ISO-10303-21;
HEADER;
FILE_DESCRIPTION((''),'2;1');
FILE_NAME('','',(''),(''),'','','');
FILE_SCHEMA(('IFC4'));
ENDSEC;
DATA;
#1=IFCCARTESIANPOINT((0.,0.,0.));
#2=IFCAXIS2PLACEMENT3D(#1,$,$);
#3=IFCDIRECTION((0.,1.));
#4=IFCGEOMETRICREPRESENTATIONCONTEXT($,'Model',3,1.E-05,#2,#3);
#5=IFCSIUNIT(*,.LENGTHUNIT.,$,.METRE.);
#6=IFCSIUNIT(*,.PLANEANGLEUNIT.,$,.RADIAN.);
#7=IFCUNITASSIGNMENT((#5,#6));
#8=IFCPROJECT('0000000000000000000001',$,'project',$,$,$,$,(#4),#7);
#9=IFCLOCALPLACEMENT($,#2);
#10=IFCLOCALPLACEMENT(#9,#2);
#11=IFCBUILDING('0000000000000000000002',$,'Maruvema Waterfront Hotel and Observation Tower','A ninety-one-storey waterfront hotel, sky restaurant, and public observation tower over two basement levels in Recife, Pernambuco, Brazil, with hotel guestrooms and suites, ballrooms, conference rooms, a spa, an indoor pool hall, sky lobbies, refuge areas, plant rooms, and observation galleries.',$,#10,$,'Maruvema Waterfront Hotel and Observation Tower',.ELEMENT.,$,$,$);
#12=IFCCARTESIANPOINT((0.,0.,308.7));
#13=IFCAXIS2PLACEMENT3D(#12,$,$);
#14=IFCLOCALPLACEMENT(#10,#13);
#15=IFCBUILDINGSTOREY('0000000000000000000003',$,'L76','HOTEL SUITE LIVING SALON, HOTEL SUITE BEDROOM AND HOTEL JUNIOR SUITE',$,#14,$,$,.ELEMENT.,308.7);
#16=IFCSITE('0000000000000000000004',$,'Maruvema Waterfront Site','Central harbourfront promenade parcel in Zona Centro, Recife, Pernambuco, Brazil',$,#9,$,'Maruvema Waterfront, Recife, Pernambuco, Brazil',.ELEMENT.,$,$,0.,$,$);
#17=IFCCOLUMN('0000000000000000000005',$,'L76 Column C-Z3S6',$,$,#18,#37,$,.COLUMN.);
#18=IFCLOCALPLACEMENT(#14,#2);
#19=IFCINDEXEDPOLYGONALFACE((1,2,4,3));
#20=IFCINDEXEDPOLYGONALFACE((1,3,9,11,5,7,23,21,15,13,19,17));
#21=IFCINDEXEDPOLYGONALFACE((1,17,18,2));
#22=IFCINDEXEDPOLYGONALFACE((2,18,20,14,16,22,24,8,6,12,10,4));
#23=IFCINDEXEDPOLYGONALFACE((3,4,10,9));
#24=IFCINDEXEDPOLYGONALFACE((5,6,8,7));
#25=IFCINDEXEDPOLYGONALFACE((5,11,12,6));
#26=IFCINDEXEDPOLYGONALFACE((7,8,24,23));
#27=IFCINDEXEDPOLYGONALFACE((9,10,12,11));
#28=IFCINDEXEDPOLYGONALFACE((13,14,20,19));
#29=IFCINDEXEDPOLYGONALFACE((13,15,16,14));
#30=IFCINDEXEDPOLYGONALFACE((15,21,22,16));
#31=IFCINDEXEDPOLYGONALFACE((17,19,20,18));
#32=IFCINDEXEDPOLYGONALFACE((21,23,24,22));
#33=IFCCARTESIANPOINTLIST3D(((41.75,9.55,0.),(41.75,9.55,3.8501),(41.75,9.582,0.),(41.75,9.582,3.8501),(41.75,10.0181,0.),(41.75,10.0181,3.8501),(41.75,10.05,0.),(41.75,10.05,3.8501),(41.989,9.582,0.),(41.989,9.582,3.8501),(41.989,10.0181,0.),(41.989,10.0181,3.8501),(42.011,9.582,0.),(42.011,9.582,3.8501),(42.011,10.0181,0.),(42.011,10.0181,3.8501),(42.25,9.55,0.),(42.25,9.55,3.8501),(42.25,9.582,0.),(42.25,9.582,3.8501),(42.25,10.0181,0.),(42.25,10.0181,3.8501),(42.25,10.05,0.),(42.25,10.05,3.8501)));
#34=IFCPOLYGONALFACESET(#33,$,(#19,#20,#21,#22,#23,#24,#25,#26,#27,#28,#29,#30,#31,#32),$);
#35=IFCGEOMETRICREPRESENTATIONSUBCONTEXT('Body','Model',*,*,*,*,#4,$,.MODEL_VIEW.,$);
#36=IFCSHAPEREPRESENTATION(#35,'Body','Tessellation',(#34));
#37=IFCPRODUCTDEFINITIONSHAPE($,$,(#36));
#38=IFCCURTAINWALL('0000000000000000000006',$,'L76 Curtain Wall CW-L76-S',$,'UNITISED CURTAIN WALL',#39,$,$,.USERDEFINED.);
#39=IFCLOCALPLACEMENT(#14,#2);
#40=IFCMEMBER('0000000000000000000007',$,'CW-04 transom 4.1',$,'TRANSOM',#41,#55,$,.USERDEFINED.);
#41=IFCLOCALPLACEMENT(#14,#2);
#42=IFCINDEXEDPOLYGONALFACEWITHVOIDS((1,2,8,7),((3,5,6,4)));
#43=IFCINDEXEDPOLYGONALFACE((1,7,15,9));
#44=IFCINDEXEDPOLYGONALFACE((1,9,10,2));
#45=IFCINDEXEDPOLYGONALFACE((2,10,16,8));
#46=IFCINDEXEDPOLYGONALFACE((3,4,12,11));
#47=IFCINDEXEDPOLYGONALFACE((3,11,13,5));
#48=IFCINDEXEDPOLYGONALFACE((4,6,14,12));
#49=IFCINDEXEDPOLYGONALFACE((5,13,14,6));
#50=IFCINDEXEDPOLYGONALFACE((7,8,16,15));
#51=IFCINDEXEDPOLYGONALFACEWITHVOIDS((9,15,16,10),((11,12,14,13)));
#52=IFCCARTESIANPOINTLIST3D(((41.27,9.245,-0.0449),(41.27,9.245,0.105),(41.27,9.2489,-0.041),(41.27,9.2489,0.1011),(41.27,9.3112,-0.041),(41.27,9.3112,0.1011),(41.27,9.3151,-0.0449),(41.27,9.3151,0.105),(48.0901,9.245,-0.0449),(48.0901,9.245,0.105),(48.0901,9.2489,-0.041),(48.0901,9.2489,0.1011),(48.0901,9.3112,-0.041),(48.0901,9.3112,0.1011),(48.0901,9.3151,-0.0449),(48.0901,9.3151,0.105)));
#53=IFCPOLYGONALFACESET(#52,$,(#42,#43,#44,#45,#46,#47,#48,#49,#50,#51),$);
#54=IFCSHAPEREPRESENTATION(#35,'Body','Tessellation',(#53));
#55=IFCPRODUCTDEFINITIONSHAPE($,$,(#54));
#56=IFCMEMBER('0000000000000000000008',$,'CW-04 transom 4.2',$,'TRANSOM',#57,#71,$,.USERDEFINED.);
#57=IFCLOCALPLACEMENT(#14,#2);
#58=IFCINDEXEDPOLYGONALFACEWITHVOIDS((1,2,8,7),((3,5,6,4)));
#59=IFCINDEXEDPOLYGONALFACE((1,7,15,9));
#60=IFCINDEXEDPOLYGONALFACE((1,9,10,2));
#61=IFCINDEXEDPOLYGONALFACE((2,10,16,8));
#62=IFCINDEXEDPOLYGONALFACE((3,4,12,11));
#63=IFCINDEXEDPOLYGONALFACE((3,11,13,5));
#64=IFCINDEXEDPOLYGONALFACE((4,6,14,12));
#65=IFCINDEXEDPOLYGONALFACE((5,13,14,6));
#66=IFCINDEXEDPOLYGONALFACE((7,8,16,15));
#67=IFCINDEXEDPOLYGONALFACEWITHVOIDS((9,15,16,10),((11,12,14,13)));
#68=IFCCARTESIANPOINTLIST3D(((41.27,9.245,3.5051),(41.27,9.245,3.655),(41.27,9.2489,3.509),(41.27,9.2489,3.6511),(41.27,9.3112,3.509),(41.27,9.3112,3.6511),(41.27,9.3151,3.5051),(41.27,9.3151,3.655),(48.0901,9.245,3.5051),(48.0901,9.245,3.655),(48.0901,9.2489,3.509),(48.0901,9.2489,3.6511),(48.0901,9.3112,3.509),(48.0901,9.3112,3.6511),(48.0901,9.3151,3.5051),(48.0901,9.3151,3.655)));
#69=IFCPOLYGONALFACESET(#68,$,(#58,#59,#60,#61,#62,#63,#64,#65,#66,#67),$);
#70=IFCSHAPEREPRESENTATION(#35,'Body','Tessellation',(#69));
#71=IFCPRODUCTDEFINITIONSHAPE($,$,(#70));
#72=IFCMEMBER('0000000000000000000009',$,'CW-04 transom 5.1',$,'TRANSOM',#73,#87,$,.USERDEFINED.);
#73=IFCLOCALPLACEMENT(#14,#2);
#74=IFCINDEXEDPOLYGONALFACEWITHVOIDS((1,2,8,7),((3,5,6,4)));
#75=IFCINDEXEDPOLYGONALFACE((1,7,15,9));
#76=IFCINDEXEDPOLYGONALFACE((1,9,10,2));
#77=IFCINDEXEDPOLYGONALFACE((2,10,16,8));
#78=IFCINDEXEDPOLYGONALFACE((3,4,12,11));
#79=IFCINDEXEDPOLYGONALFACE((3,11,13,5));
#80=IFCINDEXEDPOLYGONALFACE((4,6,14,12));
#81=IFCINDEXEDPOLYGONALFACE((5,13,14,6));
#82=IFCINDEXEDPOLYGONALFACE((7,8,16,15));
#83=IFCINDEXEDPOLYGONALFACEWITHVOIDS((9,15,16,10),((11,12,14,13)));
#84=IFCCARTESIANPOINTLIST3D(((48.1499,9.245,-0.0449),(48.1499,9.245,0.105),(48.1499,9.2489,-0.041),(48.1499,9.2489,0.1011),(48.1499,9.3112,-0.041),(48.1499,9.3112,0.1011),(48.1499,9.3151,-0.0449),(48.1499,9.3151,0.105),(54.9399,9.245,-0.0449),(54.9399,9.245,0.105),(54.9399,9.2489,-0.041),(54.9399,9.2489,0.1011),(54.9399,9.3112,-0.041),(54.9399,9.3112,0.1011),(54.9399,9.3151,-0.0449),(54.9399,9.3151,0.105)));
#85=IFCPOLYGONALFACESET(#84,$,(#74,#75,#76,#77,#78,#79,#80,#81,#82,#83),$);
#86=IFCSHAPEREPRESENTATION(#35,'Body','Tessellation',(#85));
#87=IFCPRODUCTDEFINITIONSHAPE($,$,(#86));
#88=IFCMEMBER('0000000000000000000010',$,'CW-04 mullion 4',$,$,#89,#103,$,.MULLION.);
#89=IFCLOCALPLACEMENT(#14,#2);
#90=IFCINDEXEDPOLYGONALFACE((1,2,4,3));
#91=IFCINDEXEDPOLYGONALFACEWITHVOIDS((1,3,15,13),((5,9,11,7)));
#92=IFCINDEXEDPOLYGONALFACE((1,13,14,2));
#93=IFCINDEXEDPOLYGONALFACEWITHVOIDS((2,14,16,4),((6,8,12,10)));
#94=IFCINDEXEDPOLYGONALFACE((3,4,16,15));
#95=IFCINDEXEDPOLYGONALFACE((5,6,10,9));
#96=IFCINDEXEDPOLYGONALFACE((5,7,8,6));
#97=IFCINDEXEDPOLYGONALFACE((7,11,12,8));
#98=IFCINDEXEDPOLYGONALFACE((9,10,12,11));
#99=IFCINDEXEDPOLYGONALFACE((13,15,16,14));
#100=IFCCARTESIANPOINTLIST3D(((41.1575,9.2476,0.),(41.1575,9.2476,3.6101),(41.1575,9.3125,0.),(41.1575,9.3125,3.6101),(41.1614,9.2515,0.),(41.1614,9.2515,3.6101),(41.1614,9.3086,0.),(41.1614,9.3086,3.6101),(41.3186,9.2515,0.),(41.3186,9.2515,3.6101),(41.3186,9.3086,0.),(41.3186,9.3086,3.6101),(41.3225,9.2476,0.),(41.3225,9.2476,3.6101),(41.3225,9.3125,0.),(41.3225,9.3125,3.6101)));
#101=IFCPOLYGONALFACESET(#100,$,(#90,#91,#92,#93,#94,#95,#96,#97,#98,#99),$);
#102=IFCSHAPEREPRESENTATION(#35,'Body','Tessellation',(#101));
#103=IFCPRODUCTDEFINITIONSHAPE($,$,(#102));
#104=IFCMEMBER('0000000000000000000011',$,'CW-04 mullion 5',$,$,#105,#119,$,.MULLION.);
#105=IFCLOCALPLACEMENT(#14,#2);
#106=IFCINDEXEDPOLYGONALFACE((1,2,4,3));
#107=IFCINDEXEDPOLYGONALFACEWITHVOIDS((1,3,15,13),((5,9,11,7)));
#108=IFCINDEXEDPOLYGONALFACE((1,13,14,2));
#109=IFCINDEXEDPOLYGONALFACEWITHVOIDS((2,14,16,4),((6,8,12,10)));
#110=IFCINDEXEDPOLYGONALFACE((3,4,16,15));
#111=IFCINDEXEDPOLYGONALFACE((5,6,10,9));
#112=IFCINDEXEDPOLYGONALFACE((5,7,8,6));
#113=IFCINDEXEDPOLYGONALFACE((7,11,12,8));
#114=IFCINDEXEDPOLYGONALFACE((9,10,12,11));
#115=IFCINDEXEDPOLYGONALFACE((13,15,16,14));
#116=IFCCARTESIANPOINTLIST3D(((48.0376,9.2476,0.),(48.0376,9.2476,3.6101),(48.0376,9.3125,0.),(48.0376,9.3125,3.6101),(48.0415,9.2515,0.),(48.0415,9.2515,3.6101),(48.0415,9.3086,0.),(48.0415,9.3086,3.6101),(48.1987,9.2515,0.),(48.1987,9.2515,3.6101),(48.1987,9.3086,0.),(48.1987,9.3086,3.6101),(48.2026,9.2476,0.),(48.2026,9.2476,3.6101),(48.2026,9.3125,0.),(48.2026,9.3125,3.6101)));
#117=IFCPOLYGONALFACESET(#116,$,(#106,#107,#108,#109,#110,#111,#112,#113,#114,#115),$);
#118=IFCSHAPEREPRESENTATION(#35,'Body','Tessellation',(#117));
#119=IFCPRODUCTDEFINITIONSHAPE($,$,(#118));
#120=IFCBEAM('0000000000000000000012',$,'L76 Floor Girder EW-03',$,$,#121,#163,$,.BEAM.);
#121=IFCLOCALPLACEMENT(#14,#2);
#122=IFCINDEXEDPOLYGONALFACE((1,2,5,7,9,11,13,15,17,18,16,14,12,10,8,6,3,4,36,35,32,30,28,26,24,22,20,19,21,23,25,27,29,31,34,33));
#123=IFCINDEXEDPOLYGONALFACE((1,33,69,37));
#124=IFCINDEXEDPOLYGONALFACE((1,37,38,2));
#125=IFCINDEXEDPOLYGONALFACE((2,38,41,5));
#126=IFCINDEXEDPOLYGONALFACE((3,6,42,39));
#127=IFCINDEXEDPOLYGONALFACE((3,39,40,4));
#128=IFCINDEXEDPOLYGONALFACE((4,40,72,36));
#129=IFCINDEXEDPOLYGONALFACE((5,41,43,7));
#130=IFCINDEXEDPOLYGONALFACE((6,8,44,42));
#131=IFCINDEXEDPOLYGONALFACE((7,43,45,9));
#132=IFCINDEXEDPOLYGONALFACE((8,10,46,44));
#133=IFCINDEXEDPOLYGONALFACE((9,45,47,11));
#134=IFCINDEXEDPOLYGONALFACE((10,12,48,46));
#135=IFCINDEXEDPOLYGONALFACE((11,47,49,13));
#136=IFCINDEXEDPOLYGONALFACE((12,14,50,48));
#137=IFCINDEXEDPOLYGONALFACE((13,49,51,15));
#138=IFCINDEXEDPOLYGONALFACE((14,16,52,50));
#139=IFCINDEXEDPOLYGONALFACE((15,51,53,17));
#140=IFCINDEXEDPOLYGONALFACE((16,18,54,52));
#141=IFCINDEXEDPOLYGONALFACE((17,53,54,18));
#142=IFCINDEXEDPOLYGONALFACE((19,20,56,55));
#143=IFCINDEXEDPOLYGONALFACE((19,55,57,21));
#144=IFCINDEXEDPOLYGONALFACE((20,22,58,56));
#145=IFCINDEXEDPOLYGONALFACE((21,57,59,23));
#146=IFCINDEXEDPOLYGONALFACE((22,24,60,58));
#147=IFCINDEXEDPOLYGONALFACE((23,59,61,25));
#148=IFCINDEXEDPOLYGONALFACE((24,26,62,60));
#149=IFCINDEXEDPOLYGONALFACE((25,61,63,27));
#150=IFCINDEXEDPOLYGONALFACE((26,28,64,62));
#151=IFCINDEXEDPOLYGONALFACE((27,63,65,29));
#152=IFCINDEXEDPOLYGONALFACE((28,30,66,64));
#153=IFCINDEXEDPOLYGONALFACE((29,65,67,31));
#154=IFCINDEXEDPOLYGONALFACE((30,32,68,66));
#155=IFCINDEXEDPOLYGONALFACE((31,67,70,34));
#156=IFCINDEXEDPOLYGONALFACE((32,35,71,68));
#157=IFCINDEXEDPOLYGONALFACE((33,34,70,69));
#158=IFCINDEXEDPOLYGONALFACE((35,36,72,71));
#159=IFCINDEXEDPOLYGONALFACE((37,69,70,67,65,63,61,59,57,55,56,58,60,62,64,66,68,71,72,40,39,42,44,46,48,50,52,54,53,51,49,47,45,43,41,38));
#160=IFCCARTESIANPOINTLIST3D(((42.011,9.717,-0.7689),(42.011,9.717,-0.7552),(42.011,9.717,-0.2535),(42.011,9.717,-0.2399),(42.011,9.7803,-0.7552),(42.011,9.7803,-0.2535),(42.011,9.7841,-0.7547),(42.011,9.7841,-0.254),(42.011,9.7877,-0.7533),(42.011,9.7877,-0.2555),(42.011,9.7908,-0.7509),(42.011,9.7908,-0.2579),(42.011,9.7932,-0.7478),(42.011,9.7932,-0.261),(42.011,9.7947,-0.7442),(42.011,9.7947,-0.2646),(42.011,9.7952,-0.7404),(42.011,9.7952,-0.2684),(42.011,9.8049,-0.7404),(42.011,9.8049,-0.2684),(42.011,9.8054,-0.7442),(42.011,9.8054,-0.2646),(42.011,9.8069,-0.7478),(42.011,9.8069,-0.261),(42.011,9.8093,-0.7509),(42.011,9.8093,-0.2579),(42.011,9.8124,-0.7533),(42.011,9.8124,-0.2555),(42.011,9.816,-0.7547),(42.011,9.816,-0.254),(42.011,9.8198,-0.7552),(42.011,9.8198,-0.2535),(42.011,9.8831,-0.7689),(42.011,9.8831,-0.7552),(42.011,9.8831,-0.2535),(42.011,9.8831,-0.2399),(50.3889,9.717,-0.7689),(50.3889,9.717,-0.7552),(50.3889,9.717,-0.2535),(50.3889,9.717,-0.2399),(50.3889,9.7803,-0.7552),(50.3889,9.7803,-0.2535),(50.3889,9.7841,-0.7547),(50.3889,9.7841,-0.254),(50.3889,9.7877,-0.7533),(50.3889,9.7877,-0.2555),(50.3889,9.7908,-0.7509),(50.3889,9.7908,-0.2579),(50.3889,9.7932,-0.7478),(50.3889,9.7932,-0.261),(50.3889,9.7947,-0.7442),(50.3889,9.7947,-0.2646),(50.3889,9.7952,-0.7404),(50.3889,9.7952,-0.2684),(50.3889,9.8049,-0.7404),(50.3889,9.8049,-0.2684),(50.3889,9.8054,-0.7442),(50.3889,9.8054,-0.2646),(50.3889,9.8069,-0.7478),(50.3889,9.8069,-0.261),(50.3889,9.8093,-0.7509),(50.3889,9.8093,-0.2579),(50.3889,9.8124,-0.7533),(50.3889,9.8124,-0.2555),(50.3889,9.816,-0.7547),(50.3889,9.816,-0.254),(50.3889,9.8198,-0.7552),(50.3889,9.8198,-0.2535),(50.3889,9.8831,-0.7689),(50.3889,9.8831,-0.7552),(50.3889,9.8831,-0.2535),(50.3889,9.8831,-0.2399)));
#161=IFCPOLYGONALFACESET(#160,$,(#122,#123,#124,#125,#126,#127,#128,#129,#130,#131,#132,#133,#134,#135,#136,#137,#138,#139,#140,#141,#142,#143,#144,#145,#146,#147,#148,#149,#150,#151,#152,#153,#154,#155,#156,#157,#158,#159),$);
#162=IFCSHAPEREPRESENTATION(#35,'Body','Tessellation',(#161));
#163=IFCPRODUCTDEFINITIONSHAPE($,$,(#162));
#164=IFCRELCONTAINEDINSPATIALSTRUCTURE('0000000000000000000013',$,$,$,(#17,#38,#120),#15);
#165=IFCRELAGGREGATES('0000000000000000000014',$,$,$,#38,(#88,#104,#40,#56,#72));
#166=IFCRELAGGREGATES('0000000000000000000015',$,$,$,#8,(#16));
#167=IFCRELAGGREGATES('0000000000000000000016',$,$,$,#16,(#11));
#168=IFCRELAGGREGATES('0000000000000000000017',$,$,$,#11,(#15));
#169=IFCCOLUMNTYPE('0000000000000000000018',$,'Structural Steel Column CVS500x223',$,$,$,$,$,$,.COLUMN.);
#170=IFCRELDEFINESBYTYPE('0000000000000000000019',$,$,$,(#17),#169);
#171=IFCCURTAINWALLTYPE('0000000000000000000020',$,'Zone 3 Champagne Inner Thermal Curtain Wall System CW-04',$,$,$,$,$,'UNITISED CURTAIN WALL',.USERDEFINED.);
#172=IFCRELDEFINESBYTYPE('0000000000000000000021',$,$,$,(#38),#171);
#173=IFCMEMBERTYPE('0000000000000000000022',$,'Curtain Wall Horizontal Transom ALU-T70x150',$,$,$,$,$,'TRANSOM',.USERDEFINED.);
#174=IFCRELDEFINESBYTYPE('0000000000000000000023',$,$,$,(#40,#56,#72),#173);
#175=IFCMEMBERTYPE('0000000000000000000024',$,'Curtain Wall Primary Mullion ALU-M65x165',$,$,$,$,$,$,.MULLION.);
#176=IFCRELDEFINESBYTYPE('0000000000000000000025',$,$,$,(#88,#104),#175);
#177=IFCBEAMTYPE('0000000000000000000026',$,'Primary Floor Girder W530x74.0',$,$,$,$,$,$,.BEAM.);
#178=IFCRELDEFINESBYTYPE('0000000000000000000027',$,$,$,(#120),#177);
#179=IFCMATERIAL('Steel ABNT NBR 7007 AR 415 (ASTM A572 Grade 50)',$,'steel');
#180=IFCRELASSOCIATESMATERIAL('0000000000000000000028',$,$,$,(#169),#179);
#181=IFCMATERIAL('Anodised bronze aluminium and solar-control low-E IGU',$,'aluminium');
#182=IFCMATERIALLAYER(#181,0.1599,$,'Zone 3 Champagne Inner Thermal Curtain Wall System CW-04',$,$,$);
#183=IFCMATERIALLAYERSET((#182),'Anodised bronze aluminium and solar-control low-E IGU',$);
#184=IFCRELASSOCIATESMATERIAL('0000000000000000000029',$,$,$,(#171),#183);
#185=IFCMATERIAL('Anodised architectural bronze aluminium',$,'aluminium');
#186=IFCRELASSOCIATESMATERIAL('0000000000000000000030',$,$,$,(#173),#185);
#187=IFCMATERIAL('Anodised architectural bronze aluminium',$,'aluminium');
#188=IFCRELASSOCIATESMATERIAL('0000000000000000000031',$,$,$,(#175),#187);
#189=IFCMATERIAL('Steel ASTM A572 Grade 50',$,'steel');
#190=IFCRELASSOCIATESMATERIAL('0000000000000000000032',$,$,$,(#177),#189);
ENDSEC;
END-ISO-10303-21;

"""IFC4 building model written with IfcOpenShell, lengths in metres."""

from ifc_helpers import new_model, si_unit, direction, frame, origin, origin_2d, place, context, subcontext, project, spatial, hollow_rectangle, i_section, extrude, material, layer, layer_set, material_profile, profile_set, type_object, element, aggregate, save


model = new_model("IFC4")

# Units and contexts
model_context = context("Model", 3, precision=1e-05, world=origin(), true_north=direction((0.0, 1.0)))
body_context = subcontext(model_context, "Body", "Model", "MODEL_VIEW")
ifc_project = project(units=[si_unit("LENGTHUNIT", "METRE"), si_unit("PLANEANGLEUNIT", "RADIAN")], contexts=[model_context])

# Site, building, storey
site_placement = place(None, origin())
site = spatial("IfcSite", under=ifc_project, at=site_placement, Name="Maruvema Waterfront Site", Description="Central harbourfront promenade parcel in Zona Centro, Recife, Pernambuco, Brazil", LongName="Maruvema Waterfront, Recife, Pernambuco, Brazil", CompositionType="ELEMENT", RefElevation=0.0)
building_placement = place(site_placement, origin())
building = spatial("IfcBuilding", under=site, at=building_placement, Name="Maruvema Waterfront Hotel and Observation Tower", Description="A ninety-one-storey waterfront hotel, sky restaurant, and public observation tower over two basement levels in Recife, Pernambuco, Brazil, with hotel guestrooms and suites, ballrooms, conference rooms, a spa, an indoor pool hall, sky lobbies, refuge areas, plant rooms, and observation galleries.", LongName="Maruvema Waterfront Hotel and Observation Tower", CompositionType="ELEMENT")
storey_placement = place(building_placement, frame((0.0, 0.0, 308.7)))
storey = spatial("IfcBuildingStorey", under=building, at=storey_placement, Name="L76", Description="HOTEL SUITE LIVING SALON, HOTEL SUITE BEDROOM AND HOTEL JUNIOR SUITE", CompositionType="ELEMENT", Elevation=308.7)

# Column
ifc_material_1 = material(Name="Steel ABNT NBR 7007 AR 415 (ASTM A572 Grade 50)", Category="steel")
ifc_material_profile_1 = material_profile(ifc_material_1, i_section(OverallWidth=0.5, OverallDepth=0.5, WebThickness=0.022, FlangeThickness=0.032, at=origin_2d()), Name="CVS500x223")
ifc_profile_set_1 = profile_set([ifc_material_profile_1], Name="Steel ABNT NBR 7007 AR 415 (ASTM A572 Grade 50)")
column_type = type_object("IfcColumnType", Name="Structural Steel Column CVS500x223", PredefinedType="COLUMN", material=ifc_profile_set_1)
column_placement = place(storey_placement, frame((42.0, 9.8, 0.0), z_axis=(0.0, 0.0, 1.0), x_axis=(1.0, 0.0, 0.0)))
element("IfcColumn", 1, at=column_placement, inside=storey, type_object=column_type, Name="L76 Column C-Z3S6", PredefinedType="COLUMN", context=body_context, shape_type="SweptSolid", body=[
    extrude(i_section(OverallWidth=0.5, OverallDepth=0.5, WebThickness=0.022, FlangeThickness=0.032, at=origin_2d()), origin(), (0.0, 0.0, 1.0), 3.8501),
])

# Curtain wall, members
ifc_material_2 = material(Name="Anodised bronze aluminium and solar-control low-E IGU", Category="aluminium")
ifc_layer_1 = layer(ifc_material_2, 0.1599, Name="Zone 3 Champagne Inner Thermal Curtain Wall System CW-04")
ifc_layer_set_1 = layer_set([ifc_layer_1], Name="Anodised bronze aluminium and solar-control low-E IGU")
curtain_wall_type = type_object("IfcCurtainWallType", Name="Zone 3 Champagne Inner Thermal Curtain Wall System CW-04", ElementType="UNITISED CURTAIN WALL", PredefinedType="USERDEFINED", material=ifc_layer_set_1)
curtain_wall_placement = place(storey_placement, origin())
curtain_wall = element("IfcCurtainWall", 2, at=curtain_wall_placement, inside=storey, type_object=curtain_wall_type, Name="L76 Curtain Wall CW-L76-S", ObjectType="UNITISED CURTAIN WALL", PredefinedType="USERDEFINED")
ifc_material_3 = material(Name="Anodised architectural bronze aluminium", Category="aluminium")
ifc_material_profile_2 = material_profile(ifc_material_3, hollow_rectangle(XDim=0.0701, YDim=0.1499, WallThickness=0.0039, at=origin_2d()), Name="ALU-T70x150")
ifc_profile_set_2 = profile_set([ifc_material_profile_2], Name="Anodised architectural bronze aluminium")
member_type_1 = type_object("IfcMemberType", Name="Curtain Wall Horizontal Transom ALU-T70x150", ElementType="TRANSOM", PredefinedType="USERDEFINED", material=ifc_profile_set_2)
member_1_placement = place(storey_placement, frame((41.27, 9.28, 0.03), z_axis=(1.0, 0.0, 0.0), x_axis=(0.0, 1.0, 0.0)))
member_1 = element("IfcMember", 3, at=member_1_placement, type_object=member_type_1, Name="CW-04 transom 4.1", ObjectType="TRANSOM", PredefinedType="USERDEFINED", context=body_context, shape_type="SweptSolid", body=[
    extrude(hollow_rectangle(XDim=0.0701, YDim=0.1499, WallThickness=0.0039, at=origin_2d()), origin(), (0.0, 0.0, 1.0), 6.8201),
])
member_2_placement = place(storey_placement, frame((41.27, 9.28, 3.5801), z_axis=(1.0, 0.0, 0.0), x_axis=(0.0, 1.0, 0.0)))
member_2 = element("IfcMember", 4, at=member_2_placement, type_object=member_type_1, Name="CW-04 transom 4.2", ObjectType="TRANSOM", PredefinedType="USERDEFINED", context=body_context, shape_type="SweptSolid", body=[
    extrude(hollow_rectangle(XDim=0.0701, YDim=0.1499, WallThickness=0.0039, at=origin_2d()), origin(), (0.0, 0.0, 1.0), 6.8201),
])
member_3_placement = place(storey_placement, frame((48.1499, 9.28, 0.03), z_axis=(1.0, 0.0, 0.0), x_axis=(0.0, 1.0, 0.0)))
member_3 = element("IfcMember", 5, at=member_3_placement, type_object=member_type_1, Name="CW-04 transom 5.1", ObjectType="TRANSOM", PredefinedType="USERDEFINED", context=body_context, shape_type="SweptSolid", body=[
    extrude(hollow_rectangle(XDim=0.0701, YDim=0.1499, WallThickness=0.0039, at=origin_2d()), origin(), (0.0, 0.0, 1.0), 6.79),
])
ifc_material_4 = material(Name="Anodised architectural bronze aluminium", Category="aluminium")
ifc_material_profile_3 = material_profile(ifc_material_4, hollow_rectangle(XDim=0.0649, YDim=0.165, WallThickness=0.0039, at=origin_2d()), Name="ALU-M65x165")
ifc_profile_set_3 = profile_set([ifc_material_profile_3], Name="Anodised architectural bronze aluminium")
member_type_2 = type_object("IfcMemberType", Name="Curtain Wall Primary Mullion ALU-M65x165", PredefinedType="MULLION", material=ifc_profile_set_3)
member_4_placement = place(storey_placement, frame((41.24, 9.28, 0.0), z_axis=(0.0, 0.0, 1.0), x_axis=(0.0, 1.0, 0.0)))
member_4 = element("IfcMember", 6, at=member_4_placement, type_object=member_type_2, Name="CW-04 mullion 4", PredefinedType="MULLION", context=body_context, shape_type="SweptSolid", body=[
    extrude(hollow_rectangle(XDim=0.0649, YDim=0.165, WallThickness=0.0039, at=origin_2d()), origin(), (0.0, 0.0, 1.0), 3.6101),
])
member_5_placement = place(storey_placement, frame((48.1201, 9.28, 0.0), z_axis=(0.0, 0.0, 1.0), x_axis=(0.0, 1.0, 0.0)))
member_5 = element("IfcMember", 7, at=member_5_placement, type_object=member_type_2, Name="CW-04 mullion 5", PredefinedType="MULLION", context=body_context, shape_type="SweptSolid", body=[
    extrude(hollow_rectangle(XDim=0.0649, YDim=0.165, WallThickness=0.0039, at=origin_2d()), origin(), (0.0, 0.0, 1.0), 3.6101),
])

# Beam
ifc_material_5 = material(Name="Steel ASTM A572 Grade 50", Category="steel")
ifc_material_profile_4 = material_profile(ifc_material_5, i_section(OverallWidth=0.166, OverallDepth=0.5291, WebThickness=0.0098, FlangeThickness=0.0137, FilletRadius=0.0149, at=origin_2d()), Name="W530x74.0")
ifc_profile_set_4 = profile_set([ifc_material_profile_4], Name="Steel ASTM A572 Grade 50")
beam_type_1 = type_object("IfcBeamType", Name="Primary Floor Girder W530x74.0", PredefinedType="BEAM", material=ifc_profile_set_4)
beam_1_placement = place(storey_placement, frame((42.011, 9.8, -0.5044), z_axis=(1.0, 0.0, 0.0), x_axis=(0.0, 1.0, 0.0)))
element("IfcBeam", 8, at=beam_1_placement, inside=storey, type_object=beam_type_1, Name="L76 Floor Girder EW-03", PredefinedType="BEAM", context=body_context, shape_type="SweptSolid", body=[
    extrude(i_section(OverallWidth=0.166, OverallDepth=0.5291, WebThickness=0.0098, FlangeThickness=0.0137, FilletRadius=0.0149, at=origin_2d()), origin(), (0.0, 0.0, 1.0), 8.3779),
])

aggregate(curtain_wall, [member_4, member_5, member_1, member_2, member_3])

save(model, "model.ifc")
